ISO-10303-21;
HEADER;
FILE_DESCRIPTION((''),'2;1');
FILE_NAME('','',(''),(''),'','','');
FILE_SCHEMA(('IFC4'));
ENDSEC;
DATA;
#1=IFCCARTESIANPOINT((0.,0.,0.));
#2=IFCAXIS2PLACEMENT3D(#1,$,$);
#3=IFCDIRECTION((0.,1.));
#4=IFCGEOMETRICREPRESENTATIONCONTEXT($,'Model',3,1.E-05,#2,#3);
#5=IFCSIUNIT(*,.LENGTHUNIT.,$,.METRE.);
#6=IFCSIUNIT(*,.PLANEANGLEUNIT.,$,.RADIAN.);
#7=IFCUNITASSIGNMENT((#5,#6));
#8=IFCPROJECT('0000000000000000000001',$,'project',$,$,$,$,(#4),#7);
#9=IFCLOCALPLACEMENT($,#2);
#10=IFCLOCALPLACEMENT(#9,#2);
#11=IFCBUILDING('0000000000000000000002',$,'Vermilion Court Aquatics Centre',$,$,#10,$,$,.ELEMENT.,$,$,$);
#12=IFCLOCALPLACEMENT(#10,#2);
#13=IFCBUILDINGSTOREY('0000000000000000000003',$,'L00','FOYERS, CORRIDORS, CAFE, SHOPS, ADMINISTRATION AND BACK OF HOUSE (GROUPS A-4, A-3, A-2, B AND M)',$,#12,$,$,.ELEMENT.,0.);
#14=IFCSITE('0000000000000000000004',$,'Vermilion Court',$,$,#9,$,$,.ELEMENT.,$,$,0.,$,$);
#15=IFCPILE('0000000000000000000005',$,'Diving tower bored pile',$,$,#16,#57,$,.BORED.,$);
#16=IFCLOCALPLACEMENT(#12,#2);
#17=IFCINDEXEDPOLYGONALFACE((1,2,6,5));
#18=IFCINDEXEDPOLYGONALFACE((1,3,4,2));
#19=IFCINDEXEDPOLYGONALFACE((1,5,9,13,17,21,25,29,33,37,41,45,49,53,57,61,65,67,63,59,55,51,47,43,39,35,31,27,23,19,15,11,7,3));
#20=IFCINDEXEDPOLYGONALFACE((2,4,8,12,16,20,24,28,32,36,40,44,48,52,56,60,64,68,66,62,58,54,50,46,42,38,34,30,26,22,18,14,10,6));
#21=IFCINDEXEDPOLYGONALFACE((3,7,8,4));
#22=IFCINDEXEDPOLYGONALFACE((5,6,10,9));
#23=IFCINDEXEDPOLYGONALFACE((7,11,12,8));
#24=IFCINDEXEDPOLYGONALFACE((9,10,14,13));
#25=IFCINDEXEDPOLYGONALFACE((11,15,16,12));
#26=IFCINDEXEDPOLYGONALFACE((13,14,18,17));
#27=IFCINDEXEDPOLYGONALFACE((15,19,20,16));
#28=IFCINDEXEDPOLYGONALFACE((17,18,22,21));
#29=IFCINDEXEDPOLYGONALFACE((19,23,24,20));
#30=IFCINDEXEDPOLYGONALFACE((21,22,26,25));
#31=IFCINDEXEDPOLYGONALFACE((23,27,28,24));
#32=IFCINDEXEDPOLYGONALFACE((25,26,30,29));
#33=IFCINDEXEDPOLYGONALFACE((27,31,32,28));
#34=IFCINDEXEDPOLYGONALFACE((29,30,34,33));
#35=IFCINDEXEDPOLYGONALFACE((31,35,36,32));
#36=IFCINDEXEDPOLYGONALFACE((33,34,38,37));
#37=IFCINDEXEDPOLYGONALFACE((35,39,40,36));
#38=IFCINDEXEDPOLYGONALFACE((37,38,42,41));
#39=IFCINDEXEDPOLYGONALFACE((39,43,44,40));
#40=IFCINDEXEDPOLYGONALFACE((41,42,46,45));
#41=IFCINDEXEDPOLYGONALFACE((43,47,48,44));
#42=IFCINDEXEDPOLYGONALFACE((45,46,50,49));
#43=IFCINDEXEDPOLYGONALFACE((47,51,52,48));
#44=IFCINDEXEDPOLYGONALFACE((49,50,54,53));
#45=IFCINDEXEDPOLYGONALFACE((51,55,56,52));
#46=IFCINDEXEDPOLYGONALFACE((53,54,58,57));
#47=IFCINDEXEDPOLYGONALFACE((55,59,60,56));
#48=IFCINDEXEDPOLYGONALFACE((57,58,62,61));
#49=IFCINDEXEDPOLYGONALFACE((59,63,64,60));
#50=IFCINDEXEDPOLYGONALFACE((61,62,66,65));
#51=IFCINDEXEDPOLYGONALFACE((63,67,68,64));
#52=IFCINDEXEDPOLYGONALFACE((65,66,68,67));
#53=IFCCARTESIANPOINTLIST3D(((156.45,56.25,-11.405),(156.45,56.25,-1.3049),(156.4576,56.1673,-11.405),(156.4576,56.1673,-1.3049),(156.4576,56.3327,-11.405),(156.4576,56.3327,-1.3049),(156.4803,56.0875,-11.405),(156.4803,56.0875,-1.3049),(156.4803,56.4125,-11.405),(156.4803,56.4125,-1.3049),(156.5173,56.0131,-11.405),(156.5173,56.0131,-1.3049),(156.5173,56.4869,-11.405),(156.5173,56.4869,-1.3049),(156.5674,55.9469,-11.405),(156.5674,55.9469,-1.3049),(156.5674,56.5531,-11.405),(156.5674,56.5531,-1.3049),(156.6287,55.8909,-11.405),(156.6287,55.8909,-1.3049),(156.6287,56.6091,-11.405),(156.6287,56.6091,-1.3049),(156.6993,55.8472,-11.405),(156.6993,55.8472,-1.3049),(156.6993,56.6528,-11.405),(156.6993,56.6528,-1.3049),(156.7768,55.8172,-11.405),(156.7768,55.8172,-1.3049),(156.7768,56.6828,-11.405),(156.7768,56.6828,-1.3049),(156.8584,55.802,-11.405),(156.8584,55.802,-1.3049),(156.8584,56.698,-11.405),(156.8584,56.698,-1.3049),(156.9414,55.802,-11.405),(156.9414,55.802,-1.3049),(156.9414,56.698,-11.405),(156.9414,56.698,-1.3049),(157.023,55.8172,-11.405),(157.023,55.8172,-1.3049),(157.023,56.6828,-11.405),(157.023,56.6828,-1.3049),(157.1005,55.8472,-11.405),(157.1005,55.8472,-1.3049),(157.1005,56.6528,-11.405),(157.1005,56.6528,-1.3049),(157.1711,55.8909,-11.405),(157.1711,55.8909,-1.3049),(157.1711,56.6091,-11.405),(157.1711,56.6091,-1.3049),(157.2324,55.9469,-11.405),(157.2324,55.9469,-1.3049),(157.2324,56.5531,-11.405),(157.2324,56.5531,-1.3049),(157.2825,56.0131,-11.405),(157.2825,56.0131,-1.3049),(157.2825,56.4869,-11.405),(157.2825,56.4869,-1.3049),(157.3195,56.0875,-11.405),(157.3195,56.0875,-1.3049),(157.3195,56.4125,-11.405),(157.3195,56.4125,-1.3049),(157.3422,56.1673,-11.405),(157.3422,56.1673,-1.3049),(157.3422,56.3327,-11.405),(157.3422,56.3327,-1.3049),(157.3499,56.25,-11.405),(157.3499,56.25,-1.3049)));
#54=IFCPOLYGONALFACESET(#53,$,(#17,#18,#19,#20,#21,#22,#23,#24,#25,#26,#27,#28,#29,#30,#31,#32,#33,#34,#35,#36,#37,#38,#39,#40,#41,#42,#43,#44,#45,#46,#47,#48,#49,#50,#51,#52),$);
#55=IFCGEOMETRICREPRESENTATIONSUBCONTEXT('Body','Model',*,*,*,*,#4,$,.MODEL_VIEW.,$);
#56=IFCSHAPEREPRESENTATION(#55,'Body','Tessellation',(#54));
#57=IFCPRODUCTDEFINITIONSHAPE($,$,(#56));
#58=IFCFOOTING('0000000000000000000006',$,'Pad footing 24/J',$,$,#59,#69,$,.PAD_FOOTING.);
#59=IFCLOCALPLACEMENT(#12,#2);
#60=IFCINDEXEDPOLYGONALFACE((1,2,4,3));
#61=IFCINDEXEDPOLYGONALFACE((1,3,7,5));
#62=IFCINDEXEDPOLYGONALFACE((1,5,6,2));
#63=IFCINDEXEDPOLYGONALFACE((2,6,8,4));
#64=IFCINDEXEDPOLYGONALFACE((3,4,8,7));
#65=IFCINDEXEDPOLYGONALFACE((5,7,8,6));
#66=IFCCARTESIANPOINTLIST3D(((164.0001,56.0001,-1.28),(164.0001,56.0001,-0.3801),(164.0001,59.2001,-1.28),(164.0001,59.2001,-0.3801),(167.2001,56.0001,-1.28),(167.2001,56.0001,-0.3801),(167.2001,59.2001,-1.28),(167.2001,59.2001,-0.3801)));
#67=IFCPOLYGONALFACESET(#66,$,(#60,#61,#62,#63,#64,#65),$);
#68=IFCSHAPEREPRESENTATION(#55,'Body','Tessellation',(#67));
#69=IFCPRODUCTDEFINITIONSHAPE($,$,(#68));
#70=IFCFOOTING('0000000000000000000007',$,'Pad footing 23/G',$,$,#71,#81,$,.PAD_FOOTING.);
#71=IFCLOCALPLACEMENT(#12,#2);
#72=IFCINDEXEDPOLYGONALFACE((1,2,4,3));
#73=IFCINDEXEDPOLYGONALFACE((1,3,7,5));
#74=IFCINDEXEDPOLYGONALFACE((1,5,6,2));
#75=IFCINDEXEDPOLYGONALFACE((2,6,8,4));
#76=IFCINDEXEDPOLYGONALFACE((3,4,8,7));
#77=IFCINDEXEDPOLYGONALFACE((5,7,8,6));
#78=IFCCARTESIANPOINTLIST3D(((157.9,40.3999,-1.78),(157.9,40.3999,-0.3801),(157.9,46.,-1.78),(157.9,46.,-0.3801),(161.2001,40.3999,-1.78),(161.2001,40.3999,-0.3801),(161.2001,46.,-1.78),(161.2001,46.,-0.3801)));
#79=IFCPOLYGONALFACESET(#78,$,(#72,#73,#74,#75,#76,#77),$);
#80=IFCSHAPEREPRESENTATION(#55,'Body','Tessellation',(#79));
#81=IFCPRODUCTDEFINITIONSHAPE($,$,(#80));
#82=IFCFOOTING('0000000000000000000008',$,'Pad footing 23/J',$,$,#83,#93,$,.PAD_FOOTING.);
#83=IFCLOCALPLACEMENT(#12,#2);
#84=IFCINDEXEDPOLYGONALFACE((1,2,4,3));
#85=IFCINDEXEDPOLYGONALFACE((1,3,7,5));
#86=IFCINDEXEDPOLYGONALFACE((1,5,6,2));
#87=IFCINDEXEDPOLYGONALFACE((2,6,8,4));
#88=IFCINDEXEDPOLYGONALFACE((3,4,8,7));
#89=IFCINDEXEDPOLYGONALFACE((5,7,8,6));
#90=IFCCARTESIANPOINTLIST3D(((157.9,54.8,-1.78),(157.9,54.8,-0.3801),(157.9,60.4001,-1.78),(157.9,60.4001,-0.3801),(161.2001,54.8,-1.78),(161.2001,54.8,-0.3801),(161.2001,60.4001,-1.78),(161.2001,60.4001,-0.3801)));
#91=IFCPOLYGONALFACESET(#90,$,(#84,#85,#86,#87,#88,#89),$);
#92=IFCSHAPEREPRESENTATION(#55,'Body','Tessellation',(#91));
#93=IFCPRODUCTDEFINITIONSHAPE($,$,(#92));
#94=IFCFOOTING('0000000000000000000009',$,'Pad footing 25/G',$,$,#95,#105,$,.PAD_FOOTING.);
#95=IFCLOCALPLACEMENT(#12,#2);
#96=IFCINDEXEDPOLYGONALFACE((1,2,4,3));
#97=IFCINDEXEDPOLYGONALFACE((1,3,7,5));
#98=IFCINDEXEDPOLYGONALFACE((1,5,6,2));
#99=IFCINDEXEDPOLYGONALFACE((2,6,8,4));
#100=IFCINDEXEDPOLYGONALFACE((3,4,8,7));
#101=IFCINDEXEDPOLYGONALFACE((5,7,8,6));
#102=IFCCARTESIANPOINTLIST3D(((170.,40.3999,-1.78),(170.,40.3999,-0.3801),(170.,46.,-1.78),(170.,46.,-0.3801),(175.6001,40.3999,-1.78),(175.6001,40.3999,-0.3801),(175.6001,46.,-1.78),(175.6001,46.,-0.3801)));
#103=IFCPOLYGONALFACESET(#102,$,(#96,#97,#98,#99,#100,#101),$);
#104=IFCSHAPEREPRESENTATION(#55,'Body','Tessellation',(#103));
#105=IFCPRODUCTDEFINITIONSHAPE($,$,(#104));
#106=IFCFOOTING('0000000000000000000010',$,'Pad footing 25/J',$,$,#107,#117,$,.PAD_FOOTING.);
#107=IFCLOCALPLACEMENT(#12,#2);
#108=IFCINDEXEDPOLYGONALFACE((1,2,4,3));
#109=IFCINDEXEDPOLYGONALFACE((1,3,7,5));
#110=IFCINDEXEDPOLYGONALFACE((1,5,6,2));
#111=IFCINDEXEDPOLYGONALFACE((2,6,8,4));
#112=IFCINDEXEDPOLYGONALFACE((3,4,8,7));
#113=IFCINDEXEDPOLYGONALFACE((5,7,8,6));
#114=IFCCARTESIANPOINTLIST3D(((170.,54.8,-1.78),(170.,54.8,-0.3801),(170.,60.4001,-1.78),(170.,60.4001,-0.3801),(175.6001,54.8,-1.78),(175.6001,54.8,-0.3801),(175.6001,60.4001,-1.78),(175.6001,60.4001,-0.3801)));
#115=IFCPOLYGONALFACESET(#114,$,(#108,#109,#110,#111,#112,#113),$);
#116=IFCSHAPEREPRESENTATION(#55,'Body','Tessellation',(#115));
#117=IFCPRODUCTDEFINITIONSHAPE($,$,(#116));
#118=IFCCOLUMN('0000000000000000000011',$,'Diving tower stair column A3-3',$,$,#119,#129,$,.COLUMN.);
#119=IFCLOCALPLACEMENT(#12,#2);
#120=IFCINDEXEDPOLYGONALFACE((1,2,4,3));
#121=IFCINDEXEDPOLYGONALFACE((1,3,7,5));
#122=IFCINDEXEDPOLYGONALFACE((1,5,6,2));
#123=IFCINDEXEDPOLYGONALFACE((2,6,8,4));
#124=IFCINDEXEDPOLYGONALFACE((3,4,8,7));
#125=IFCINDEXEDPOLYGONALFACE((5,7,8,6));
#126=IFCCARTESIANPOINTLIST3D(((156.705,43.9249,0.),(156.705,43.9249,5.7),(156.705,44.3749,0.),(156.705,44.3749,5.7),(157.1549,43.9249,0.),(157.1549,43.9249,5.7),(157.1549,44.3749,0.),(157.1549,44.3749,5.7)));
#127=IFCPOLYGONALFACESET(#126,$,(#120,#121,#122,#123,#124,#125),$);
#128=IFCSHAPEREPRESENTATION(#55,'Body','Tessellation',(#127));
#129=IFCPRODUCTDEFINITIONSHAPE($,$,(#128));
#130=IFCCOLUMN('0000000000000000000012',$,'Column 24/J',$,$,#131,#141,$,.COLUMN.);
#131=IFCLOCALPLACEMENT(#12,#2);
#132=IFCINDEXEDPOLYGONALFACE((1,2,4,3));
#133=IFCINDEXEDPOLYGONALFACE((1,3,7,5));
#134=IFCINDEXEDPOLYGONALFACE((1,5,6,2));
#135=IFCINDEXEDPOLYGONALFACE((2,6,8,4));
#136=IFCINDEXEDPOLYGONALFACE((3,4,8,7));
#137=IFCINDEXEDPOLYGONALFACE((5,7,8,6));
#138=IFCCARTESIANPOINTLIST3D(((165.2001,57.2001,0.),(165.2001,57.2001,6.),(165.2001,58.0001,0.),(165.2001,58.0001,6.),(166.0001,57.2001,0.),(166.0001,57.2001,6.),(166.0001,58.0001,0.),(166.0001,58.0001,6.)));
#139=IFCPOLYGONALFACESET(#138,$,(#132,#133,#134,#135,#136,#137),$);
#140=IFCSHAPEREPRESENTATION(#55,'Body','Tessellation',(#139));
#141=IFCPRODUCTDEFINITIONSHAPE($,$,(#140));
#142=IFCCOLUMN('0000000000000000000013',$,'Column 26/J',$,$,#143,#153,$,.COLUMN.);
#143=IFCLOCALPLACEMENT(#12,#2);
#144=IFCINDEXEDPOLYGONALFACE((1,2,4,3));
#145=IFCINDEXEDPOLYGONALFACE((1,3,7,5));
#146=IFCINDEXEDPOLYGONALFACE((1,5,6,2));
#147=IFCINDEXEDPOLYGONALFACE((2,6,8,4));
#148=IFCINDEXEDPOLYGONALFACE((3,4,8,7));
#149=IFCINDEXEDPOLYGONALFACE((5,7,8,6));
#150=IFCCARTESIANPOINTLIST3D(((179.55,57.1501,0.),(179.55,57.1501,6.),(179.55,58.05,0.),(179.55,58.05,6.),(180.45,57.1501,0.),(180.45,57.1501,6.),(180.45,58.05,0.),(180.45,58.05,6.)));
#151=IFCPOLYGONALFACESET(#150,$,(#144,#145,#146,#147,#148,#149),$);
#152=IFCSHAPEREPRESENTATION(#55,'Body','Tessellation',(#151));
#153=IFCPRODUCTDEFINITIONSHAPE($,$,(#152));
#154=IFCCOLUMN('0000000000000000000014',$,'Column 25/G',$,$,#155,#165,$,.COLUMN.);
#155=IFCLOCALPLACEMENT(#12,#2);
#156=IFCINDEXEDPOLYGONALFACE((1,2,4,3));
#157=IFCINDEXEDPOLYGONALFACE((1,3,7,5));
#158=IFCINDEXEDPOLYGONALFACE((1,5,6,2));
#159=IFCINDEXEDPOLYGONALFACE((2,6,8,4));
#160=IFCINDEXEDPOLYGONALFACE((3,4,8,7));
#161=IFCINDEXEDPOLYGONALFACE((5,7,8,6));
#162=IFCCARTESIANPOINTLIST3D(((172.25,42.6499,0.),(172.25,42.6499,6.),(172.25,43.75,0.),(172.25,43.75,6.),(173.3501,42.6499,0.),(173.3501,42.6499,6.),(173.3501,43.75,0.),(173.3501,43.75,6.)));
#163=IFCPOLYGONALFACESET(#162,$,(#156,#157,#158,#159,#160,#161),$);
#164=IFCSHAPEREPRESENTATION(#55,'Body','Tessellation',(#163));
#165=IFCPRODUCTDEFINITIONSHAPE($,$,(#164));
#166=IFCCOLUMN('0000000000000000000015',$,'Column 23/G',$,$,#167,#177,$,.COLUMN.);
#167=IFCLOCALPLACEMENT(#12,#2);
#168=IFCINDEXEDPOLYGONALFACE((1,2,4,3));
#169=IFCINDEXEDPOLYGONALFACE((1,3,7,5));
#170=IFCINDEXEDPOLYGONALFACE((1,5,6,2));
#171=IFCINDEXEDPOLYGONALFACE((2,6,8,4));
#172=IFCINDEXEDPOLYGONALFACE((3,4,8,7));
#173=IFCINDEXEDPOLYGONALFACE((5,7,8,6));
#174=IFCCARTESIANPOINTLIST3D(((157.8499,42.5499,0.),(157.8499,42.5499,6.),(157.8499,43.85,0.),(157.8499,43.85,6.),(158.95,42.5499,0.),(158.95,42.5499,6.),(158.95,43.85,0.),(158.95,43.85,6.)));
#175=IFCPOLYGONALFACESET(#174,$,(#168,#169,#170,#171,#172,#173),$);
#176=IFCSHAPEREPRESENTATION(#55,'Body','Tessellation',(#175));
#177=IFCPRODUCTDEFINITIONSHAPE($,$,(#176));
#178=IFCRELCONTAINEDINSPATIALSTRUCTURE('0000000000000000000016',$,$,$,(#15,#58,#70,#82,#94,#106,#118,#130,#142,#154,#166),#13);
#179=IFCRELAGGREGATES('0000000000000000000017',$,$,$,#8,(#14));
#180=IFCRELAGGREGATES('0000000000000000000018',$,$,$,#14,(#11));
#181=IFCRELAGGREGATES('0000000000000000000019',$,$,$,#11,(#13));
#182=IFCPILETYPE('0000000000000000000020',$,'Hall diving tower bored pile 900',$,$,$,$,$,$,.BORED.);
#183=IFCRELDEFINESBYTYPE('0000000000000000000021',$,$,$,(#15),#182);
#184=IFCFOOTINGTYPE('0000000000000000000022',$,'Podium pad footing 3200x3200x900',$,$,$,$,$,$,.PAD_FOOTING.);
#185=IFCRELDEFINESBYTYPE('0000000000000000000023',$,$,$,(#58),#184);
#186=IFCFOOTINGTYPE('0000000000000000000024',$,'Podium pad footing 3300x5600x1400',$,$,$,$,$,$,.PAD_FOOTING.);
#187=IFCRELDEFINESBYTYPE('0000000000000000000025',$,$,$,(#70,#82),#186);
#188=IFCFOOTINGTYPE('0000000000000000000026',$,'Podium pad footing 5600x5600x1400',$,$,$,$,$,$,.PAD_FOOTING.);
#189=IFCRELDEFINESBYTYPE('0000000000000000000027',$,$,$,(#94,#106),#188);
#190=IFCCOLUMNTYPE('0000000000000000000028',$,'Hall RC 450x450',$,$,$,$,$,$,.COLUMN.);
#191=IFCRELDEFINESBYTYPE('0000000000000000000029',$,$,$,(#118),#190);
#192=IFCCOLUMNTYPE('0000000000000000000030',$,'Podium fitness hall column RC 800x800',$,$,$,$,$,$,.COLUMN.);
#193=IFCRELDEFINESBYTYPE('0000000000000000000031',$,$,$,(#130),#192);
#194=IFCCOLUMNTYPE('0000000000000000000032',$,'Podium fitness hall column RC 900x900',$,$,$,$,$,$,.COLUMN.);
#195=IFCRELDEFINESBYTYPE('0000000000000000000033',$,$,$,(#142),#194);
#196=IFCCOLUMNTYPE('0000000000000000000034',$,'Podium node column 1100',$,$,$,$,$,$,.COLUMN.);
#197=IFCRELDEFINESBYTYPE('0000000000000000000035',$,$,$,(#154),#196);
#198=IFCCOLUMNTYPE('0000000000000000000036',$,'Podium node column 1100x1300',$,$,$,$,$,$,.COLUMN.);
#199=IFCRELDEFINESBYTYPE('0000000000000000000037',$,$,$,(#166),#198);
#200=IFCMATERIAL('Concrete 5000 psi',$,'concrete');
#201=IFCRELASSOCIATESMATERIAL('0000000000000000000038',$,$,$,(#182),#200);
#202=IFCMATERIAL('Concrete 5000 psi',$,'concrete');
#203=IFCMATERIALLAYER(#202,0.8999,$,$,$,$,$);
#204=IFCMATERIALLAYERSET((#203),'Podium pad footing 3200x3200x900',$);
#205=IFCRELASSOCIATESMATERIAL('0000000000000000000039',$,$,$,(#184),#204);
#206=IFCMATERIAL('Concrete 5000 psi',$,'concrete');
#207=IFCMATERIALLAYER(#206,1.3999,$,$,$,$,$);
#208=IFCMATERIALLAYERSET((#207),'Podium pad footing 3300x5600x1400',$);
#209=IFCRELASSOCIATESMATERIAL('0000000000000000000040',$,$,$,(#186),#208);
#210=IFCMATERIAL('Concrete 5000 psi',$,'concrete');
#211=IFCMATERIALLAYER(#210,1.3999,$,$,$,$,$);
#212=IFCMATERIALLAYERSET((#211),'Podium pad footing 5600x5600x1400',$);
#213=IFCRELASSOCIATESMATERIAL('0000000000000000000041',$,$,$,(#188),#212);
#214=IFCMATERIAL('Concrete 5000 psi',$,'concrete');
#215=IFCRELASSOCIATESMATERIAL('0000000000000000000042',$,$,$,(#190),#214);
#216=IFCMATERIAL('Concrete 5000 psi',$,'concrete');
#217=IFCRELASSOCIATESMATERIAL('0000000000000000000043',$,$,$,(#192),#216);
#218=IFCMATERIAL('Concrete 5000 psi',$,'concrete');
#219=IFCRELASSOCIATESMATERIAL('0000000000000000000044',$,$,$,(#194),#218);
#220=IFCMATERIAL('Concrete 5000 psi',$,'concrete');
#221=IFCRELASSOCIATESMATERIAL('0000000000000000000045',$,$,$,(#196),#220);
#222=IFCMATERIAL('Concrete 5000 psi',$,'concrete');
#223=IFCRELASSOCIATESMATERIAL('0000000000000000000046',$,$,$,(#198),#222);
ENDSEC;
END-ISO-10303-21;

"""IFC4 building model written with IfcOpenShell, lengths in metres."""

from ifc_helpers import new_model, si_unit, direction, frame, origin, origin_2d, place, context, subcontext, project, spatial, rectangle, circle, extrude, material, layer, layer_set, material_profile, profile_set, type_object, element, save


model = new_model("IFC4")

# Units and contexts
model_context = context("Model", 3, precision=1e-05, world=origin(), true_north=direction((0.0, 1.0)))
body_context = subcontext(model_context, "Body", "Model", "MODEL_VIEW")
ifc_project = project(units=[si_unit("LENGTHUNIT", "METRE"), si_unit("PLANEANGLEUNIT", "RADIAN")], contexts=[model_context])

# Site, building, storey
site_placement = place(None, origin())
site = spatial("IfcSite", under=ifc_project, at=site_placement, Name="Vermilion Court", CompositionType="ELEMENT", RefElevation=0.0)
building_placement = place(site_placement, origin())
building = spatial("IfcBuilding", under=site, at=building_placement, Name="Vermilion Court Aquatics Centre", CompositionType="ELEMENT")
storey_placement = place(building_placement, origin())
storey = spatial("IfcBuildingStorey", under=building, at=storey_placement, Name="L00", Description="FOYERS, CORRIDORS, CAFE, SHOPS, ADMINISTRATION AND BACK OF HOUSE (GROUPS A-4, A-3, A-2, B AND M)", CompositionType="ELEMENT", Elevation=0.0)

# Pile
ifc_material_1 = material(Name="Concrete 5000 psi", Category="concrete")
ifc_material_profile_1 = material_profile(ifc_material_1, circle(Radius=0.45, at=origin_2d()), Name="D900")
ifc_profile_set_1 = profile_set([ifc_material_profile_1], Name="Concrete 5000 psi")
pile_type = type_object("IfcPileType", Name="Hall diving tower bored pile 900", PredefinedType="BORED", material=ifc_profile_set_1)
pile_placement = place(storey_placement, frame((156.8999, 56.25, -1.3049), z_axis=(0.0, 0.0, -1.0), x_axis=(1.0, 0.0, 0.0)))
element("IfcPile", 1, at=pile_placement, inside=storey, type_object=pile_type, Name="Diving tower bored pile", PredefinedType="BORED", context=body_context, shape_type="SweptSolid", body=[
    extrude(circle(Radius=0.45, at=origin_2d()), origin(), (0.0, 0.0, 1.0), 10.1001),
])

# Footings
ifc_material_2 = material(Name="Concrete 5000 psi", Category="concrete")
ifc_layer_1 = layer(ifc_material_2, 0.8999)
ifc_layer_set_1 = layer_set([ifc_layer_1], Name="Podium pad footing 3200x3200x900")
footing_type_1 = type_object("IfcFootingType", Name="Podium pad footing 3200x3200x900", PredefinedType="PAD_FOOTING", material=ifc_layer_set_1)
footing_placement = place(storey_placement, frame((165.6001, 57.6001, -1.28), z_axis=(0.0, 0.0, 1.0), x_axis=(1.0, 0.0, 0.0)))
element("IfcFooting", 2, at=footing_placement, inside=storey, type_object=footing_type_1, Name="Pad footing 24/J", PredefinedType="PAD_FOOTING", context=body_context, shape_type="SweptSolid", body=[
    extrude(rectangle(XDim=3.2, YDim=3.2, at=origin_2d()), origin(), (0.0, 0.0, 1.0), 0.8999),
])
ifc_material_3 = material(Name="Concrete 5000 psi", Category="concrete")
ifc_layer_2 = layer(ifc_material_3, 1.3999)
ifc_layer_set_2 = layer_set([ifc_layer_2], Name="Podium pad footing 3300x5600x1400")
footing_type_2 = type_object("IfcFootingType", Name="Podium pad footing 3300x5600x1400", PredefinedType="PAD_FOOTING", material=ifc_layer_set_2)
for number, where, z_axis, x_axis, name in (
    (3, (159.55, 43.2, -1.78), (0.0, 0.0, 1.0), (1.0, 0.0, 0.0), "Pad footing 23/G"),
    (4, (159.55, 57.6001, -1.78), (0.0, 0.0, 1.0), (1.0, 0.0, 0.0), "Pad footing 23/J"),
):
    element("IfcFooting", number, at=place(storey_placement, frame(where, z_axis=z_axis, x_axis=x_axis)), inside=storey, type_object=footing_type_2, Name=name, PredefinedType="PAD_FOOTING", context=body_context, shape_type="SweptSolid", body=[
        extrude(rectangle(XDim=3.3, YDim=5.6001, at=origin_2d()), origin(), (0.0, 0.0, 1.0), 1.3999),
    ])
ifc_material_4 = material(Name="Concrete 5000 psi", Category="concrete")
ifc_layer_3 = layer(ifc_material_4, 1.3999)
ifc_layer_set_3 = layer_set([ifc_layer_3], Name="Podium pad footing 5600x5600x1400")
footing_type_3 = type_object("IfcFootingType", Name="Podium pad footing 5600x5600x1400", PredefinedType="PAD_FOOTING", material=ifc_layer_set_3)
for number, where, z_axis, x_axis, name in (
    (5, (172.8, 43.2, -1.78), (0.0, 0.0, 1.0), (1.0, 0.0, 0.0), "Pad footing 25/G"),
    (6, (172.8, 57.6001, -1.78), (0.0, 0.0, 1.0), (1.0, 0.0, 0.0), "Pad footing 25/J"),
):
    element("IfcFooting", number, at=place(storey_placement, frame(where, z_axis=z_axis, x_axis=x_axis)), inside=storey, type_object=footing_type_3, Name=name, PredefinedType="PAD_FOOTING", context=body_context, shape_type="SweptSolid", body=[
        extrude(rectangle(XDim=5.6001, YDim=5.6001, at=origin_2d()), origin(), (0.0, 0.0, 1.0), 1.3999),
    ])

# Columns
ifc_material_5 = material(Name="Concrete 5000 psi", Category="concrete")
ifc_material_profile_2 = material_profile(ifc_material_5, rectangle(XDim=0.45, YDim=0.45, at=origin_2d()), Name="RC 450x450")
ifc_profile_set_2 = profile_set([ifc_material_profile_2], Name="Concrete 5000 psi")
column_type_1 = type_object("IfcColumnType", Name="Hall RC 450x450", PredefinedType="COLUMN", material=ifc_profile_set_2)
column_1_placement = place(storey_placement, frame((156.9299, 44.1499, 0.0), z_axis=(0.0, 0.0, 1.0), x_axis=(1.0, 0.0, 0.0)))
element("IfcColumn", 7, at=column_1_placement, inside=storey, type_object=column_type_1, Name="Diving tower stair column A3-3", PredefinedType="COLUMN", context=body_context, shape_type="SweptSolid", body=[
    extrude(rectangle(XDim=0.45, YDim=0.45, at=origin_2d()), origin(), (0.0, 0.0, 1.0), 5.7),
])
ifc_material_6 = material(Name="Concrete 5000 psi", Category="concrete")
ifc_material_profile_3 = material_profile(ifc_material_6, rectangle(XDim=0.8, YDim=0.8, at=origin_2d()), Name="RC 800x800")
ifc_profile_set_3 = profile_set([ifc_material_profile_3], Name="Concrete 5000 psi")
column_type_2 = type_object("IfcColumnType", Name="Podium fitness hall column RC 800x800", PredefinedType="COLUMN", material=ifc_profile_set_3)
column_2_placement = place(storey_placement, frame((165.6001, 57.6001, 0.0), z_axis=(0.0, 0.0, 1.0), x_axis=(1.0, 0.0, 0.0)))
element("IfcColumn", 8, at=column_2_placement, inside=storey, type_object=column_type_2, Name="Column 24/J", PredefinedType="COLUMN", context=body_context, shape_type="SweptSolid", body=[
    extrude(rectangle(XDim=0.8, YDim=0.8, at=origin_2d()), origin(), (0.0, 0.0, 1.0), 6.0),
])
ifc_material_7 = material(Name="Concrete 5000 psi", Category="concrete")
ifc_material_profile_4 = material_profile(ifc_material_7, rectangle(XDim=0.8999, YDim=0.8999, at=origin_2d()), Name="RC 900x900")
ifc_profile_set_4 = profile_set([ifc_material_profile_4], Name="Concrete 5000 psi")
column_type_3 = type_object("IfcColumnType", Name="Podium fitness hall column RC 900x900", PredefinedType="COLUMN", material=ifc_profile_set_4)
column_3_placement = place(storey_placement, frame((180.0, 57.6001, 0.0), z_axis=(0.0, 0.0, 1.0), x_axis=(1.0, 0.0, 0.0)))
element("IfcColumn", 9, at=column_3_placement, inside=storey, type_object=column_type_3, Name="Column 26/J", PredefinedType="COLUMN", context=body_context, shape_type="SweptSolid", body=[
    extrude(rectangle(XDim=0.8999, YDim=0.8999, at=origin_2d()), origin(), (0.0, 0.0, 1.0), 6.0),
])
ifc_material_8 = material(Name="Concrete 5000 psi", Category="concrete")
ifc_material_profile_5 = material_profile(ifc_material_8, rectangle(XDim=1.1001, YDim=1.1001, at=origin_2d()), Name="RC 1100x1100")
ifc_profile_set_5 = profile_set([ifc_material_profile_5], Name="Concrete 5000 psi")
column_type_4 = type_object("IfcColumnType", Name="Podium node column 1100", PredefinedType="COLUMN", material=ifc_profile_set_5)
column_4_placement = place(storey_placement, frame((172.8, 43.2, 0.0), z_axis=(0.0, 0.0, 1.0), x_axis=(1.0, 0.0, 0.0)))
element("IfcColumn", 10, at=column_4_placement, inside=storey, type_object=column_type_4, Name="Column 25/G", PredefinedType="COLUMN", context=body_context, shape_type="SweptSolid", body=[
    extrude(rectangle(XDim=1.1001, YDim=1.1001, at=origin_2d()), origin(), (0.0, 0.0, 1.0), 6.0),
])
ifc_material_9 = material(Name="Concrete 5000 psi", Category="concrete")
ifc_material_profile_6 = material_profile(ifc_material_9, rectangle(XDim=1.1001, YDim=1.3, at=origin_2d()), Name="RC 1100x1300")
ifc_profile_set_6 = profile_set([ifc_material_profile_6], Name="Concrete 5000 psi")
column_type_5 = type_object("IfcColumnType", Name="Podium node column 1100x1300", PredefinedType="COLUMN", material=ifc_profile_set_6)
column_5_placement = place(storey_placement, frame((158.3999, 43.2, 0.0), z_axis=(0.0, 0.0, 1.0), x_axis=(1.0, 0.0, 0.0)))
element("IfcColumn", 11, at=column_5_placement, inside=storey, type_object=column_type_5, Name="Column 23/G", PredefinedType="COLUMN", context=body_context, shape_type="SweptSolid", body=[
    extrude(rectangle(XDim=1.1001, YDim=1.3, at=origin_2d()), origin(), (0.0, 0.0, 1.0), 6.0),
])

save(model, "model.ifc")
